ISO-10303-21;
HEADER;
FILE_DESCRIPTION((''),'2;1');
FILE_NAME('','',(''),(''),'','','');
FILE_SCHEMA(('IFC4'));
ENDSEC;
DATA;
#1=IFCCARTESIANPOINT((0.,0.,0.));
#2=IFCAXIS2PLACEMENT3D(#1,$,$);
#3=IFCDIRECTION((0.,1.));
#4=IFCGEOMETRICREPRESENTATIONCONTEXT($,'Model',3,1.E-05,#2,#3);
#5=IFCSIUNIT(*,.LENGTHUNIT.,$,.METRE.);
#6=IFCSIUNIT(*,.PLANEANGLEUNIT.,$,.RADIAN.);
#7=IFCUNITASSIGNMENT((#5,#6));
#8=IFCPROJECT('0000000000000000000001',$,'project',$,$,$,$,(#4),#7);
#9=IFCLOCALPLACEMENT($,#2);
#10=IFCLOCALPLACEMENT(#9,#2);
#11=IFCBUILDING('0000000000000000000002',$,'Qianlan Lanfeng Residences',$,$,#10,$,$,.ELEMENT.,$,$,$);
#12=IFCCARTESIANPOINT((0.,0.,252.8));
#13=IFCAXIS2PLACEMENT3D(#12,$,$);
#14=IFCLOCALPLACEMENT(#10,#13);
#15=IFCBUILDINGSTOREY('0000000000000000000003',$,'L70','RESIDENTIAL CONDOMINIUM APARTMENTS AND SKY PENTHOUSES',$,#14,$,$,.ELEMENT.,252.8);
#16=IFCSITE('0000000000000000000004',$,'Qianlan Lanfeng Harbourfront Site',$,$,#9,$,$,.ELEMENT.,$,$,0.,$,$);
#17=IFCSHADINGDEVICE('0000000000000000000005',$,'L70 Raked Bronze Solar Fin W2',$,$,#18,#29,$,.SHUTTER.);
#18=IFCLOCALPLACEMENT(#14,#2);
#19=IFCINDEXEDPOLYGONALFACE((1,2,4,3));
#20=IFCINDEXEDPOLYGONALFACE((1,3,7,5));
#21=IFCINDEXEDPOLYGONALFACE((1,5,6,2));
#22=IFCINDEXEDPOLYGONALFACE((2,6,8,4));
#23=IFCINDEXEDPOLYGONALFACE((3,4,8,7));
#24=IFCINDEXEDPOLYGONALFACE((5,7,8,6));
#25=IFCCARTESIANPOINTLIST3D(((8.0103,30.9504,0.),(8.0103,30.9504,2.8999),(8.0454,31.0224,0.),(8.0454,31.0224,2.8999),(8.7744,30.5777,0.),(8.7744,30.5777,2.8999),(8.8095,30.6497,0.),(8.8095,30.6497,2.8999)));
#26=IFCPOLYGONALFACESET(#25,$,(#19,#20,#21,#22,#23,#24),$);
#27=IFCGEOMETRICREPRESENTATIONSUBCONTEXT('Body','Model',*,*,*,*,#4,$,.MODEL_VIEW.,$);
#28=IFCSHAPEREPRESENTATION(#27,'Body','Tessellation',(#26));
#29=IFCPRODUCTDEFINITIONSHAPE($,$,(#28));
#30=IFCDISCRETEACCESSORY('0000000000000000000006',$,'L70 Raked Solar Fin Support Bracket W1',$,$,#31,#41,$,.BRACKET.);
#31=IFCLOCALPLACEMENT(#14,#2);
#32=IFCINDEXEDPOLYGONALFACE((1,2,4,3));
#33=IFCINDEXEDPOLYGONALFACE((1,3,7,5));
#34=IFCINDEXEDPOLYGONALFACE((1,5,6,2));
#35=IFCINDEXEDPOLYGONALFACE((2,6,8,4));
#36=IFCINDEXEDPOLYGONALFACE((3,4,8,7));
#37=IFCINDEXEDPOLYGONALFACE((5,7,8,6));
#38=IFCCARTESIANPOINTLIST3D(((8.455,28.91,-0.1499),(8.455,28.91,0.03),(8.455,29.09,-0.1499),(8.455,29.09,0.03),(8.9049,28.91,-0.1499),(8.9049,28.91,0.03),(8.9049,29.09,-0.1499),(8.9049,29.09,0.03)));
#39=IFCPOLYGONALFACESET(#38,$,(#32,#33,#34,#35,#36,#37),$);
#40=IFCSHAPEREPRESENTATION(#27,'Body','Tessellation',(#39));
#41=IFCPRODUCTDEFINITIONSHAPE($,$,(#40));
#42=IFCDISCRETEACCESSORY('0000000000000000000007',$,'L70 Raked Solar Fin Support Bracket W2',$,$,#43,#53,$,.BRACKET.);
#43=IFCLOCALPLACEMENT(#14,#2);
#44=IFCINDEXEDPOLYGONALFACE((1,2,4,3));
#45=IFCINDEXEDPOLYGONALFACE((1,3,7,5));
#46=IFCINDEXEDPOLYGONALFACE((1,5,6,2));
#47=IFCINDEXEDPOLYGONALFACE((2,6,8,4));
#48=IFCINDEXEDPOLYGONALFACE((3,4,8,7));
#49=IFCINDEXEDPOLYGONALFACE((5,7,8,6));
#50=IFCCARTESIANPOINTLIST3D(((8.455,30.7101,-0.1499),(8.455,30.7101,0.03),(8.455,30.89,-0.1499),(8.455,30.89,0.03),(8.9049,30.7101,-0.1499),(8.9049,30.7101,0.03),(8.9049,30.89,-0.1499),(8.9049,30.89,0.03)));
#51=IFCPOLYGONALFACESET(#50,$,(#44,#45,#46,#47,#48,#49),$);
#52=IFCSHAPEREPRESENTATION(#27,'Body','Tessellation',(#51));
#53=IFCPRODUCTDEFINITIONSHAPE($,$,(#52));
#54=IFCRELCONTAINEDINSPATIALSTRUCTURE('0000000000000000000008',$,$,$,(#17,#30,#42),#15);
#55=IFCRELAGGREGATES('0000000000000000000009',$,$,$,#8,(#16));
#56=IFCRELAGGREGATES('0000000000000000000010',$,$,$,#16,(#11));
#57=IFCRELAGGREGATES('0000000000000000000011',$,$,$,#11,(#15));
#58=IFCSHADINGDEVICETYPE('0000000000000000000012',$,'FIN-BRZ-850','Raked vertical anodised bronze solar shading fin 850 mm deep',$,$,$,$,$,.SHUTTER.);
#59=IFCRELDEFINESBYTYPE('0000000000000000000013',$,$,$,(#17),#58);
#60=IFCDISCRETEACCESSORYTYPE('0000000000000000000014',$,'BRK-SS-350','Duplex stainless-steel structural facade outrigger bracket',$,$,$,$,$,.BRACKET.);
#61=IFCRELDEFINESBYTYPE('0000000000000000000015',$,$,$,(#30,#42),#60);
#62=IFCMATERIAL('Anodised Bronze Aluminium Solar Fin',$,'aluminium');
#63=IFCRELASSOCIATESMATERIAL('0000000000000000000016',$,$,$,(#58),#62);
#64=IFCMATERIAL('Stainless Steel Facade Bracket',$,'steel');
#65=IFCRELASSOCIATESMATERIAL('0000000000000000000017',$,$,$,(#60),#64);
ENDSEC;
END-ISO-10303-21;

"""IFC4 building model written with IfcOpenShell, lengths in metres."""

from ifc_helpers import new_model, si_unit, direction, frame, origin, origin_2d, place, context, subcontext, project, spatial, rectangle, extrude, source, transform, mapped, material, type_object, element, save


model = new_model("IFC4")

# Units and contexts
model_context = context("Model", 3, precision=1e-05, world=origin(), true_north=direction((0.0, 1.0)))
body_context = subcontext(model_context, "Body", "Model", "MODEL_VIEW")
ifc_project = project(units=[si_unit("LENGTHUNIT", "METRE"), si_unit("PLANEANGLEUNIT", "RADIAN")], contexts=[model_context])

# Site, building, storey
site_placement = place(None, origin())
site = spatial("IfcSite", under=ifc_project, at=site_placement, Name="Qianlan Lanfeng Harbourfront Site", CompositionType="ELEMENT", RefElevation=0.0)
building_placement = place(site_placement, origin())
building = spatial("IfcBuilding", under=site, at=building_placement, Name="Qianlan Lanfeng Residences", CompositionType="ELEMENT")
storey_placement = place(building_placement, frame((0.0, 0.0, 252.8)))
storey = spatial("IfcBuildingStorey", under=building, at=storey_placement, Name="L70", Description="RESIDENTIAL CONDOMINIUM APARTMENTS AND SKY PENTHOUSES", CompositionType="ELEMENT", Elevation=252.8)

# Shading device
ifc_material_1 = material(Name="Anodised Bronze Aluminium Solar Fin", Category="aluminium")
shading_device_type = type_object("IfcShadingDeviceType", Name="FIN-BRZ-850", Description="Raked vertical anodised bronze solar shading fin 850 mm deep", PredefinedType="SHUTTER", material=ifc_material_1)
shared_shape_1 = source(origin(), body_context, "Body", "SweptSolid", [
    extrude(rectangle(XDim=0.8501, YDim=0.0801, at=origin_2d()), origin(), (0.0, 0.0, 1.0), 2.8999),
])
for number, where, z_axis, x_axis, name in (
    (1, (8.4099, 30.8, 0.0), (0.0, 0.0, 1.0), (0.898794, -0.438371, 0.0), "L70 Raked Bronze Solar Fin W2"),
):
    element("IfcShadingDevice", number, at=place(storey_placement, frame(where, z_axis=z_axis, x_axis=x_axis)), inside=storey, type_object=shading_device_type, Name=name, PredefinedType="SHUTTER", context=body_context, shape_type="MappedRepresentation", body=[
        mapped(shared_shape_1, transform((0.0, 0.0, 0.0), scale=1.0)),
    ])

# Discrete accessories
ifc_material_2 = material(Name="Stainless Steel Facade Bracket", Category="steel")
discrete_accessory_type = type_object("IfcDiscreteAccessoryType", Name="BRK-SS-350", Description="Duplex stainless-steel structural facade outrigger bracket", PredefinedType="BRACKET", material=ifc_material_2)
shared_shape_2 = source(origin(), body_context, "Body", "SweptSolid", [
    extrude(rectangle(XDim=0.45, YDim=0.1799, at=origin_2d()), origin(), (0.0, 0.0, 1.0), 0.1799),
])
for number, where, z_axis, x_axis, name in (
    (2, (8.6799, 29.0, -0.1499), (0.0, 0.0, 1.0), (1.0, 0.0, 0.0), "L70 Raked Solar Fin Support Bracket W1"),
    (3, (8.6799, 30.8, -0.1499), (0.0, 0.0, 1.0), (1.0, 0.0, 0.0), "L70 Raked Solar Fin Support Bracket W2"),
):
    element("IfcDiscreteAccessory", number, at=place(storey_placement, frame(where, z_axis=z_axis, x_axis=x_axis)), inside=storey, type_object=discrete_accessory_type, Name=name, PredefinedType="BRACKET", context=body_context, shape_type="MappedRepresentation", body=[
        mapped(shared_shape_2, transform((0.0, 0.0, 0.0), scale=1.0)),
    ])

save(model, "model.ifc")
